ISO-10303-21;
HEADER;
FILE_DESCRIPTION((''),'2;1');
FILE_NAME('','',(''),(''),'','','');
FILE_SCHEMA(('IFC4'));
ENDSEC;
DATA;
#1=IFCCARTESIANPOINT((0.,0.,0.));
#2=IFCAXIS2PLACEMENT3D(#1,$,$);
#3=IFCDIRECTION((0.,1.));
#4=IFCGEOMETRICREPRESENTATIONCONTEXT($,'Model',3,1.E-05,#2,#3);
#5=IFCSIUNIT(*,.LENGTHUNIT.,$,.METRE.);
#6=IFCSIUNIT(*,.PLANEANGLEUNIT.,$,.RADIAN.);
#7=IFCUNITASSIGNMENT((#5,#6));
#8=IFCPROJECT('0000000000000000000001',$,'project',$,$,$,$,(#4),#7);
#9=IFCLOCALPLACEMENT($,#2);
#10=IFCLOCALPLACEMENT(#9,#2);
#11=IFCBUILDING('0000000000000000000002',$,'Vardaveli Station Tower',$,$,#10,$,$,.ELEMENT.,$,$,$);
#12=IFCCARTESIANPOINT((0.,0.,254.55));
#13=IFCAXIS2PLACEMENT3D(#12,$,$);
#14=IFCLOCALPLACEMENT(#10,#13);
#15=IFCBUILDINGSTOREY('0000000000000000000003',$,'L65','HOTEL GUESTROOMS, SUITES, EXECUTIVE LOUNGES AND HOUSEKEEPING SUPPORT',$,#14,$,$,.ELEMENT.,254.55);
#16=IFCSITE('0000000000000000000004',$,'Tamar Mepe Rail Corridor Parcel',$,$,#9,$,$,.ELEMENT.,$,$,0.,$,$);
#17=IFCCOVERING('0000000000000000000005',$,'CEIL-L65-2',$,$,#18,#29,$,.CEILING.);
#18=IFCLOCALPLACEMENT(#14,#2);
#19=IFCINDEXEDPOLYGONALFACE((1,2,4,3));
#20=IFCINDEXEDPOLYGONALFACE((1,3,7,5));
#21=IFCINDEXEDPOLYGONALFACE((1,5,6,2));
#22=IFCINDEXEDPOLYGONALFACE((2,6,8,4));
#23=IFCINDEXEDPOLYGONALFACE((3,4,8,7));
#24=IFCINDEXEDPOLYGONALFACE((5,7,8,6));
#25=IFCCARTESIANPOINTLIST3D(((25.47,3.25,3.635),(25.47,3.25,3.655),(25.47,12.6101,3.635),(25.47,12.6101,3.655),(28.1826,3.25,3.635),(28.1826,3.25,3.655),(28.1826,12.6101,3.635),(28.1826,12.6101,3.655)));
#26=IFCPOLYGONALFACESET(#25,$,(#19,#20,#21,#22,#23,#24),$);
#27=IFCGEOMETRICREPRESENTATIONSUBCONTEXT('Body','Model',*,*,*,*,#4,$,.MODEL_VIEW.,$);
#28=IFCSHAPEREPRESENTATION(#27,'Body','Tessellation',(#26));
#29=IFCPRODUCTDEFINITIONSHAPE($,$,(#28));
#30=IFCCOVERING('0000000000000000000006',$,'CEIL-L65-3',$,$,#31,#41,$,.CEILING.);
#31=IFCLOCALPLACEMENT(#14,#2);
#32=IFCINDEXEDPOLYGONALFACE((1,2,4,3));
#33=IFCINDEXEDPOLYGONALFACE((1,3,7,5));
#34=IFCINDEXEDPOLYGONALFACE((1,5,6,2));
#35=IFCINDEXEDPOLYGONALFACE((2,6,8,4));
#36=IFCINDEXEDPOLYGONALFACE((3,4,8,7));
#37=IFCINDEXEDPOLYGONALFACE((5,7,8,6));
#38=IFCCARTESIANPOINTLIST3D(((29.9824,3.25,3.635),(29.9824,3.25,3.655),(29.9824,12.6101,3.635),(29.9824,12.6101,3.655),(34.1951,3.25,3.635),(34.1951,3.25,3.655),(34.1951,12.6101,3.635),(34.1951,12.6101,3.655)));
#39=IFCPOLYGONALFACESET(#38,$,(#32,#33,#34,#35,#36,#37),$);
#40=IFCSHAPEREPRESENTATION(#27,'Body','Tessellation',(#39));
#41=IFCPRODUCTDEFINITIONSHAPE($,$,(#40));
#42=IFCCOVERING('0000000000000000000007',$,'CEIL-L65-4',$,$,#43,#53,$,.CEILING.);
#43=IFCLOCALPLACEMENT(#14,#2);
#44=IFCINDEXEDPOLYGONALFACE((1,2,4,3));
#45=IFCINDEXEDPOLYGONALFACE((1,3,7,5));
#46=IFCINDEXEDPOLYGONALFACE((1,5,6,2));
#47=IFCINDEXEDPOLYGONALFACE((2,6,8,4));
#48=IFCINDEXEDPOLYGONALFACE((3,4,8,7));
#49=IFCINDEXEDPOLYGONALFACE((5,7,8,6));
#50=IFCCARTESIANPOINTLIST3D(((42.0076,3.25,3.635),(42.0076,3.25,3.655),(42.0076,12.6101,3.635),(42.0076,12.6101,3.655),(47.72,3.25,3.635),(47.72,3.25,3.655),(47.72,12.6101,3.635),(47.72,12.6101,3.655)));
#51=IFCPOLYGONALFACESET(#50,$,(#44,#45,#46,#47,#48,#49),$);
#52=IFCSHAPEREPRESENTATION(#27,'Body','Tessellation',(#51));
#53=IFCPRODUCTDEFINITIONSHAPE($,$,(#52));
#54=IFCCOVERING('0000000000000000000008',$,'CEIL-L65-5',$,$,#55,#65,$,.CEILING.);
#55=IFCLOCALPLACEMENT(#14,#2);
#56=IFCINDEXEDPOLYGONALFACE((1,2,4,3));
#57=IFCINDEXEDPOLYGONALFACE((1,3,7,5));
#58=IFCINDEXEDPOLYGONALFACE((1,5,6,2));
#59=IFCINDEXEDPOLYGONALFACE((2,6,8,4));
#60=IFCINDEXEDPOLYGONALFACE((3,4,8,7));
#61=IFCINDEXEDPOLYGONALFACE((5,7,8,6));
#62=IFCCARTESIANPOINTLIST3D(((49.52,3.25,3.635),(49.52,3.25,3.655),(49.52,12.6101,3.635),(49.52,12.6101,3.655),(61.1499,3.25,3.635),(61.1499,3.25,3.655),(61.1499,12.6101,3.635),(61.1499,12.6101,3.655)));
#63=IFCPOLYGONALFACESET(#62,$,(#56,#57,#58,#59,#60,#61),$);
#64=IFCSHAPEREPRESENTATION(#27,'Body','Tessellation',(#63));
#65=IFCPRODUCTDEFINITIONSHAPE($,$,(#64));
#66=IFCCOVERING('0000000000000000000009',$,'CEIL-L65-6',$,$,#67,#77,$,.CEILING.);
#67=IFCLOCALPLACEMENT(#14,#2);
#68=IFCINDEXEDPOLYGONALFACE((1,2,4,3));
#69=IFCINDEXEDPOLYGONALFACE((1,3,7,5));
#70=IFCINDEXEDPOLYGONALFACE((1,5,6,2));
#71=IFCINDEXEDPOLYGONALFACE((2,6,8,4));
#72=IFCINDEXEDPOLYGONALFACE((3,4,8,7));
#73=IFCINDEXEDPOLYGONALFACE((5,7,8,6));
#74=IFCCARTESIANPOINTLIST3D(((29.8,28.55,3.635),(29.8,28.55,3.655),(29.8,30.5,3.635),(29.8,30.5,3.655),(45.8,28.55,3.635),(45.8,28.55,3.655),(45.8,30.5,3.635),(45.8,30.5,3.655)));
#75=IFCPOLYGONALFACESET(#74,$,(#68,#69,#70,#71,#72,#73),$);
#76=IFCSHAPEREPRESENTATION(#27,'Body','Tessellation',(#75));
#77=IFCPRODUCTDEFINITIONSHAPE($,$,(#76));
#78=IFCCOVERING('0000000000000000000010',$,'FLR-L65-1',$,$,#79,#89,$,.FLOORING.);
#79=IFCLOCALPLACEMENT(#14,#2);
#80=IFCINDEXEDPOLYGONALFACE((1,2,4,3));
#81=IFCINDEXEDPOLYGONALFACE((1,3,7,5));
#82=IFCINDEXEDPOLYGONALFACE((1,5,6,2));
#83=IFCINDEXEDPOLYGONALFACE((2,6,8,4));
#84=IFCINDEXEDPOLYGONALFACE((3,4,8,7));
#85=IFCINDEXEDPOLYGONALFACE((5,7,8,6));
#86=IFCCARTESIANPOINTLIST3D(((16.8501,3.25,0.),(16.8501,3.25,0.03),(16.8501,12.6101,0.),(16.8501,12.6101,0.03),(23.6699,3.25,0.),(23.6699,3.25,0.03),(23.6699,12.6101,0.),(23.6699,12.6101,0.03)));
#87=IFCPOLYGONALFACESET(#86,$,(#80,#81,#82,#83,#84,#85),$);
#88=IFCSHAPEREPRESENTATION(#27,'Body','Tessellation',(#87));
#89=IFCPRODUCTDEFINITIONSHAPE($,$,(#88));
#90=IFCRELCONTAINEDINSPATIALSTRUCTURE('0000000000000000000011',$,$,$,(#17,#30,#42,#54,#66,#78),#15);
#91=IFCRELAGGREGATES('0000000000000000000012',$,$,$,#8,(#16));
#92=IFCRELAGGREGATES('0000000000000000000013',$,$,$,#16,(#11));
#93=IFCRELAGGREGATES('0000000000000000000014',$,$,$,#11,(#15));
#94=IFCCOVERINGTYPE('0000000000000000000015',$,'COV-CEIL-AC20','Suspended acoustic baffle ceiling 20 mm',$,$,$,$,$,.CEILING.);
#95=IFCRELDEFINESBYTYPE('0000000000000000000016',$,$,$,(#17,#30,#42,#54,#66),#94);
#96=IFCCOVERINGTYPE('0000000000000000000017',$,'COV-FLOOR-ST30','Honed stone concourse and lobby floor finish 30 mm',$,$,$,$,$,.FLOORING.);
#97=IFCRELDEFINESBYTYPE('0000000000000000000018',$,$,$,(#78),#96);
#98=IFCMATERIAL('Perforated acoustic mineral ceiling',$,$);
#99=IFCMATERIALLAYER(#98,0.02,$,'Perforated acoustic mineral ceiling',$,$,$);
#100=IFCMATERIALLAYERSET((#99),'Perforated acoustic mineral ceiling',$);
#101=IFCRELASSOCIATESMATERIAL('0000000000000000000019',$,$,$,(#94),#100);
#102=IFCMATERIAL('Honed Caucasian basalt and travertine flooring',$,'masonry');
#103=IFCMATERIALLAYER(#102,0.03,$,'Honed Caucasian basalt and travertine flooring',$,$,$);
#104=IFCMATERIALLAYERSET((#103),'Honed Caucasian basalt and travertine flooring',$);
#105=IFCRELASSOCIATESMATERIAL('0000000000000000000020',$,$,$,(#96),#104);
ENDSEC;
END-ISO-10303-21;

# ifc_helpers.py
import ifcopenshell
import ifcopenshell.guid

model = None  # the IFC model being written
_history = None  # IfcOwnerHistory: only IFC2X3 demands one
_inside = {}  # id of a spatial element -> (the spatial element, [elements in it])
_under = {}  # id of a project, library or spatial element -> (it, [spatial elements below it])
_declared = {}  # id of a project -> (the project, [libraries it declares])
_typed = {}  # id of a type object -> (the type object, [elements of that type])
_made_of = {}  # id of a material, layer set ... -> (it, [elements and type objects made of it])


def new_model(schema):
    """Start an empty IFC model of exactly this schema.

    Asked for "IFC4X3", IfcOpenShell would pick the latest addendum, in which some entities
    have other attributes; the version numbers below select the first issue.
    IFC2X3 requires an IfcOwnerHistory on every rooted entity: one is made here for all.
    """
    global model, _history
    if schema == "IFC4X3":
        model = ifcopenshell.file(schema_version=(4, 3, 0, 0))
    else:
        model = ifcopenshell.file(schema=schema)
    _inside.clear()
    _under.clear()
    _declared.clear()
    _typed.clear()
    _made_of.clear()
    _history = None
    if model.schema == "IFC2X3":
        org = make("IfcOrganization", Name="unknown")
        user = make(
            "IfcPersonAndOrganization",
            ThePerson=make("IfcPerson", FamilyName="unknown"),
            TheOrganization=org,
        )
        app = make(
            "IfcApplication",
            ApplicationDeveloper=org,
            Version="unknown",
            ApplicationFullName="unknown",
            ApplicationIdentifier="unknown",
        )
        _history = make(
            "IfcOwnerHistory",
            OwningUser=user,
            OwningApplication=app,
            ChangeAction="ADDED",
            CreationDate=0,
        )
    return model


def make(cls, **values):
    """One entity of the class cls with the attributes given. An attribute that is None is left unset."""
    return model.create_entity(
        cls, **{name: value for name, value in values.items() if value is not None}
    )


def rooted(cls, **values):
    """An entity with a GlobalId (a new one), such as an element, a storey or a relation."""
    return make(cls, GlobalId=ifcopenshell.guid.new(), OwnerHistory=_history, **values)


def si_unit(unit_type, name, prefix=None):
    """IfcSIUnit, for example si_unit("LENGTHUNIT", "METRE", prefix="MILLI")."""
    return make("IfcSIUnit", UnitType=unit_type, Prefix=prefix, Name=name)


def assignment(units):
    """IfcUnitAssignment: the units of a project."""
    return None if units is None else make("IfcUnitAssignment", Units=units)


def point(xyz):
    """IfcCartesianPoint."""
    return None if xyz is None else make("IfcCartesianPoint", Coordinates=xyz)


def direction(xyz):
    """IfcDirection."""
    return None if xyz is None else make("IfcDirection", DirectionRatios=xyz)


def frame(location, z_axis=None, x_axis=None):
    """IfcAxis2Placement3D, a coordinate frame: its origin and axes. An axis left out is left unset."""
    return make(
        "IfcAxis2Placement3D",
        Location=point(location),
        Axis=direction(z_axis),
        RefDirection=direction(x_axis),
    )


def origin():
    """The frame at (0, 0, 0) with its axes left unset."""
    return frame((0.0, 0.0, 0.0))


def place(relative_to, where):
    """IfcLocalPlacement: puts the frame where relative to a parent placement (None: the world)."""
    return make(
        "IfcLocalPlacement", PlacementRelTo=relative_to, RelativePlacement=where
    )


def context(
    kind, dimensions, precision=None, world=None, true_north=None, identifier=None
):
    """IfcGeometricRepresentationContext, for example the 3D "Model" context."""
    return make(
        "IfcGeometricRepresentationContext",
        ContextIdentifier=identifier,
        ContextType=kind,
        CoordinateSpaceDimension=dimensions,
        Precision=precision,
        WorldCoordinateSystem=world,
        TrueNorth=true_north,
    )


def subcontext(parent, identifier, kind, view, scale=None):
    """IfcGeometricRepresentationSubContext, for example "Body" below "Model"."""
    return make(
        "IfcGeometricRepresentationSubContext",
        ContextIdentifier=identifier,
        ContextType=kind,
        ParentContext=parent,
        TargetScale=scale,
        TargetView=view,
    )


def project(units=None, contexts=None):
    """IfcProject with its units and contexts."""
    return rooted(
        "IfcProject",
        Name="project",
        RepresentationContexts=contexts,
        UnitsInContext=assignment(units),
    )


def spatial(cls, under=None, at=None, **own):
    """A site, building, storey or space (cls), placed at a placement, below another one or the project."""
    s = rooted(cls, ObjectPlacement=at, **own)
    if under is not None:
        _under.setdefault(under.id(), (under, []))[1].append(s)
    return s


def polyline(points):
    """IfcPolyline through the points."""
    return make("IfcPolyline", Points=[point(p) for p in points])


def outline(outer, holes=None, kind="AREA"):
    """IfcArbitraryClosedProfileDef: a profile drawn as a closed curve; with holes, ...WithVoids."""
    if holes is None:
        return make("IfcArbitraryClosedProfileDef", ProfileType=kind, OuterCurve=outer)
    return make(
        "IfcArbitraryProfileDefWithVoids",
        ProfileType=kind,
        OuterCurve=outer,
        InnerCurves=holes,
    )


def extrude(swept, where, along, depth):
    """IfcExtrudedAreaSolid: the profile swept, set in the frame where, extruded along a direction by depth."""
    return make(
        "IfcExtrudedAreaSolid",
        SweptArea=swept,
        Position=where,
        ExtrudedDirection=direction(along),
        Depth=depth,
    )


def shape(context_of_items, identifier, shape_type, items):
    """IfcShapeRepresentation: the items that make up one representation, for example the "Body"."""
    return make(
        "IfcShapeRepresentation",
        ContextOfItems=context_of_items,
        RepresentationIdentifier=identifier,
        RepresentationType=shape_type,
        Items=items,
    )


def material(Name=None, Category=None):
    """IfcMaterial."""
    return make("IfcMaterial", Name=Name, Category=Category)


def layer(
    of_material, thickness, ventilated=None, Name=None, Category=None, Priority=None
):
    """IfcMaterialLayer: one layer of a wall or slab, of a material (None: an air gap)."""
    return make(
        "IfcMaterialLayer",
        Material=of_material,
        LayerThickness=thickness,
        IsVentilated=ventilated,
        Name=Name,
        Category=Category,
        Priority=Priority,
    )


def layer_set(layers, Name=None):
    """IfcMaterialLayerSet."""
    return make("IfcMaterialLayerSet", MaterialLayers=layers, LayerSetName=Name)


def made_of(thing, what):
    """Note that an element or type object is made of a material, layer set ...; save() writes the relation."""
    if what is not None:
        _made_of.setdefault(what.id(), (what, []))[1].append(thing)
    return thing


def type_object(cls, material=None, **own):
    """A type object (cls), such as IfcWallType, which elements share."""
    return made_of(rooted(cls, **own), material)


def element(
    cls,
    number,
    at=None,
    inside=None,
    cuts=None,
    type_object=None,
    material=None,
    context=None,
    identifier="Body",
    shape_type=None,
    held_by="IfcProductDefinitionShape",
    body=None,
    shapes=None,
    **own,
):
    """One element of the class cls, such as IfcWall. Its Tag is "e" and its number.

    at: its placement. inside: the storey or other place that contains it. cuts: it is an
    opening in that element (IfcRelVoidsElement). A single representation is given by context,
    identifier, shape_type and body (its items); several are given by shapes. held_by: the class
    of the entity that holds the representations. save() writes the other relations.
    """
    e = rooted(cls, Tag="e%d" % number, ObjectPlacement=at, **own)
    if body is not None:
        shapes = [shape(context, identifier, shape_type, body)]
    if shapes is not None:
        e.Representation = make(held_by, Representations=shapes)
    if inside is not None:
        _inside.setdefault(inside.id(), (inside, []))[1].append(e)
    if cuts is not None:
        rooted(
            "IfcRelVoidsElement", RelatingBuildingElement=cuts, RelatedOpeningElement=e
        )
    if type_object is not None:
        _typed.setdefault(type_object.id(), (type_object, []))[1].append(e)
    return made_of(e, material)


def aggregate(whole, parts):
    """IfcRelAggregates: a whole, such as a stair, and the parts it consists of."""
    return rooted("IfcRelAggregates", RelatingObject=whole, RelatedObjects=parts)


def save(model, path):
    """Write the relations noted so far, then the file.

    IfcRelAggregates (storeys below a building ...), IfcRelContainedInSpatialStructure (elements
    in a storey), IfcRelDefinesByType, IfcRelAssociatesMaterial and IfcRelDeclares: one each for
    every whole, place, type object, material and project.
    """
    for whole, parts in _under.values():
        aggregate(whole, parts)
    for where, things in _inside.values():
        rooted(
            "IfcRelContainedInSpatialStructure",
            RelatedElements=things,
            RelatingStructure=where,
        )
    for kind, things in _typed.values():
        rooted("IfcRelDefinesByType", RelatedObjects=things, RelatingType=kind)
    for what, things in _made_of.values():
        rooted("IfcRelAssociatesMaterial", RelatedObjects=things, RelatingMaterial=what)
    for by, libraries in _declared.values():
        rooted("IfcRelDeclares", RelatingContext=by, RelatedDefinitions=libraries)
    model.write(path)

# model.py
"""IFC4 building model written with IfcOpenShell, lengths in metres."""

from ifc_helpers import new_model, si_unit, direction, frame, origin, place, context, subcontext, project, spatial, polyline, outline, extrude, material, layer, layer_set, type_object, element, save


model = new_model("IFC4")

# Units and contexts
model_context = context("Model", 3, precision=1e-05, world=origin(), true_north=direction((0.0, 1.0)))
body_context = subcontext(model_context, "Body", "Model", "MODEL_VIEW")
ifc_project = project(units=[si_unit("LENGTHUNIT", "METRE"), si_unit("PLANEANGLEUNIT", "RADIAN")], contexts=[model_context])

# Site, building, storey
site_placement = place(None, origin())
site = spatial("IfcSite", under=ifc_project, at=site_placement, Name="Tamar Mepe Rail Corridor Parcel", CompositionType="ELEMENT", RefElevation=0.0)
building_placement = place(site_placement, origin())
building = spatial("IfcBuilding", under=site, at=building_placement, Name="Vardaveli Station Tower", CompositionType="ELEMENT")
storey_placement = place(building_placement, frame((0.0, 0.0, 254.55)))
storey = spatial("IfcBuildingStorey", under=building, at=storey_placement, Name="L65", Description="HOTEL GUESTROOMS, SUITES, EXECUTIVE LOUNGES AND HOUSEKEEPING SUPPORT", CompositionType="ELEMENT", Elevation=254.55)

# Coverings
ifc_material_1 = material(Name="Perforated acoustic mineral ceiling")
ifc_layer_1 = layer(ifc_material_1, 0.02, Name="Perforated acoustic mineral ceiling")
ifc_layer_set_1 = layer_set([ifc_layer_1], Name="Perforated acoustic mineral ceiling")
covering_type_1 = type_object("IfcCoveringType", Name="COV-CEIL-AC20", Description="Suspended acoustic baffle ceiling 20 mm", PredefinedType="CEILING", material=ifc_layer_set_1)
covering_1_placement = place(storey_placement, frame((0.0, 0.0, 3.635)))
element("IfcCovering", 1, at=covering_1_placement, inside=storey, type_object=covering_type_1, Name="CEIL-L65-2", PredefinedType="CEILING", context=body_context, shape_type="SweptSolid", body=[
    extrude(outline(polyline([(25.47, 3.25), (28.1826, 3.25), (28.1826, 12.6101), (25.47, 12.6101), (25.47, 3.25)])), origin(), (0.0, 0.0, 1.0), 0.02),
])
covering_2_placement = place(storey_placement, frame((0.0, 0.0, 3.635)))
element("IfcCovering", 2, at=covering_2_placement, inside=storey, type_object=covering_type_1, Name="CEIL-L65-3", PredefinedType="CEILING", context=body_context, shape_type="SweptSolid", body=[
    extrude(outline(polyline([(29.9824, 3.25), (34.1951, 3.25), (34.1951, 12.6101), (29.9824, 12.6101), (29.9824, 3.25)])), origin(), (0.0, 0.0, 1.0), 0.02),
])
covering_3_placement = place(storey_placement, frame((0.0, 0.0, 3.635)))
element("IfcCovering", 3, at=covering_3_placement, inside=storey, type_object=covering_type_1, Name="CEIL-L65-4", PredefinedType="CEILING", context=body_context, shape_type="SweptSolid", body=[
    extrude(outline(polyline([(42.0076, 3.25), (47.72, 3.25), (47.72, 12.6101), (42.0076, 12.6101), (42.0076, 3.25)])), origin(), (0.0, 0.0, 1.0), 0.02),
])
covering_4_placement = place(storey_placement, frame((0.0, 0.0, 3.635)))
element("IfcCovering", 4, at=covering_4_placement, inside=storey, type_object=covering_type_1, Name="CEIL-L65-5", PredefinedType="CEILING", context=body_context, shape_type="SweptSolid", body=[
    extrude(outline(polyline([(49.52, 3.25), (61.1499, 3.25), (61.1499, 12.6101), (49.52, 12.6101), (49.52, 3.25)])), origin(), (0.0, 0.0, 1.0), 0.02),
])
covering_5_placement = place(storey_placement, frame((0.0, 0.0, 3.635)))
element("IfcCovering", 5, at=covering_5_placement, inside=storey, type_object=covering_type_1, Name="CEIL-L65-6", PredefinedType="CEILING", context=body_context, shape_type="SweptSolid", body=[
    extrude(outline(polyline([(29.8, 28.55), (45.8, 28.55), (45.8, 30.5), (29.8, 30.5), (29.8, 28.55)])), origin(), (0.0, 0.0, 1.0), 0.02),
])
ifc_material_2 = material(Name="Honed Caucasian basalt and travertine flooring", Category="masonry")
ifc_layer_2 = layer(ifc_material_2, 0.03, Name="Honed Caucasian basalt and travertine flooring")
ifc_layer_set_2 = layer_set([ifc_layer_2], Name="Honed Caucasian basalt and travertine flooring")
covering_type_2 = type_object("IfcCoveringType", Name="COV-FLOOR-ST30", Description="Honed stone concourse and lobby floor finish 30 mm", PredefinedType="FLOORING", material=ifc_layer_set_2)
covering_6_placement = place(storey_placement, origin())
element("IfcCovering", 6, at=covering_6_placement, inside=storey, type_object=covering_type_2, Name="FLR-L65-1", PredefinedType="FLOORING", context=body_context, shape_type="SweptSolid", body=[
    extrude(outline(polyline([(16.8501, 3.25), (23.6699, 3.25), (23.6699, 12.6101), (16.8501, 12.6101), (16.8501, 3.25)])), origin(), (0.0, 0.0, 1.0), 0.03),
])

save(model, "model.ifc")
